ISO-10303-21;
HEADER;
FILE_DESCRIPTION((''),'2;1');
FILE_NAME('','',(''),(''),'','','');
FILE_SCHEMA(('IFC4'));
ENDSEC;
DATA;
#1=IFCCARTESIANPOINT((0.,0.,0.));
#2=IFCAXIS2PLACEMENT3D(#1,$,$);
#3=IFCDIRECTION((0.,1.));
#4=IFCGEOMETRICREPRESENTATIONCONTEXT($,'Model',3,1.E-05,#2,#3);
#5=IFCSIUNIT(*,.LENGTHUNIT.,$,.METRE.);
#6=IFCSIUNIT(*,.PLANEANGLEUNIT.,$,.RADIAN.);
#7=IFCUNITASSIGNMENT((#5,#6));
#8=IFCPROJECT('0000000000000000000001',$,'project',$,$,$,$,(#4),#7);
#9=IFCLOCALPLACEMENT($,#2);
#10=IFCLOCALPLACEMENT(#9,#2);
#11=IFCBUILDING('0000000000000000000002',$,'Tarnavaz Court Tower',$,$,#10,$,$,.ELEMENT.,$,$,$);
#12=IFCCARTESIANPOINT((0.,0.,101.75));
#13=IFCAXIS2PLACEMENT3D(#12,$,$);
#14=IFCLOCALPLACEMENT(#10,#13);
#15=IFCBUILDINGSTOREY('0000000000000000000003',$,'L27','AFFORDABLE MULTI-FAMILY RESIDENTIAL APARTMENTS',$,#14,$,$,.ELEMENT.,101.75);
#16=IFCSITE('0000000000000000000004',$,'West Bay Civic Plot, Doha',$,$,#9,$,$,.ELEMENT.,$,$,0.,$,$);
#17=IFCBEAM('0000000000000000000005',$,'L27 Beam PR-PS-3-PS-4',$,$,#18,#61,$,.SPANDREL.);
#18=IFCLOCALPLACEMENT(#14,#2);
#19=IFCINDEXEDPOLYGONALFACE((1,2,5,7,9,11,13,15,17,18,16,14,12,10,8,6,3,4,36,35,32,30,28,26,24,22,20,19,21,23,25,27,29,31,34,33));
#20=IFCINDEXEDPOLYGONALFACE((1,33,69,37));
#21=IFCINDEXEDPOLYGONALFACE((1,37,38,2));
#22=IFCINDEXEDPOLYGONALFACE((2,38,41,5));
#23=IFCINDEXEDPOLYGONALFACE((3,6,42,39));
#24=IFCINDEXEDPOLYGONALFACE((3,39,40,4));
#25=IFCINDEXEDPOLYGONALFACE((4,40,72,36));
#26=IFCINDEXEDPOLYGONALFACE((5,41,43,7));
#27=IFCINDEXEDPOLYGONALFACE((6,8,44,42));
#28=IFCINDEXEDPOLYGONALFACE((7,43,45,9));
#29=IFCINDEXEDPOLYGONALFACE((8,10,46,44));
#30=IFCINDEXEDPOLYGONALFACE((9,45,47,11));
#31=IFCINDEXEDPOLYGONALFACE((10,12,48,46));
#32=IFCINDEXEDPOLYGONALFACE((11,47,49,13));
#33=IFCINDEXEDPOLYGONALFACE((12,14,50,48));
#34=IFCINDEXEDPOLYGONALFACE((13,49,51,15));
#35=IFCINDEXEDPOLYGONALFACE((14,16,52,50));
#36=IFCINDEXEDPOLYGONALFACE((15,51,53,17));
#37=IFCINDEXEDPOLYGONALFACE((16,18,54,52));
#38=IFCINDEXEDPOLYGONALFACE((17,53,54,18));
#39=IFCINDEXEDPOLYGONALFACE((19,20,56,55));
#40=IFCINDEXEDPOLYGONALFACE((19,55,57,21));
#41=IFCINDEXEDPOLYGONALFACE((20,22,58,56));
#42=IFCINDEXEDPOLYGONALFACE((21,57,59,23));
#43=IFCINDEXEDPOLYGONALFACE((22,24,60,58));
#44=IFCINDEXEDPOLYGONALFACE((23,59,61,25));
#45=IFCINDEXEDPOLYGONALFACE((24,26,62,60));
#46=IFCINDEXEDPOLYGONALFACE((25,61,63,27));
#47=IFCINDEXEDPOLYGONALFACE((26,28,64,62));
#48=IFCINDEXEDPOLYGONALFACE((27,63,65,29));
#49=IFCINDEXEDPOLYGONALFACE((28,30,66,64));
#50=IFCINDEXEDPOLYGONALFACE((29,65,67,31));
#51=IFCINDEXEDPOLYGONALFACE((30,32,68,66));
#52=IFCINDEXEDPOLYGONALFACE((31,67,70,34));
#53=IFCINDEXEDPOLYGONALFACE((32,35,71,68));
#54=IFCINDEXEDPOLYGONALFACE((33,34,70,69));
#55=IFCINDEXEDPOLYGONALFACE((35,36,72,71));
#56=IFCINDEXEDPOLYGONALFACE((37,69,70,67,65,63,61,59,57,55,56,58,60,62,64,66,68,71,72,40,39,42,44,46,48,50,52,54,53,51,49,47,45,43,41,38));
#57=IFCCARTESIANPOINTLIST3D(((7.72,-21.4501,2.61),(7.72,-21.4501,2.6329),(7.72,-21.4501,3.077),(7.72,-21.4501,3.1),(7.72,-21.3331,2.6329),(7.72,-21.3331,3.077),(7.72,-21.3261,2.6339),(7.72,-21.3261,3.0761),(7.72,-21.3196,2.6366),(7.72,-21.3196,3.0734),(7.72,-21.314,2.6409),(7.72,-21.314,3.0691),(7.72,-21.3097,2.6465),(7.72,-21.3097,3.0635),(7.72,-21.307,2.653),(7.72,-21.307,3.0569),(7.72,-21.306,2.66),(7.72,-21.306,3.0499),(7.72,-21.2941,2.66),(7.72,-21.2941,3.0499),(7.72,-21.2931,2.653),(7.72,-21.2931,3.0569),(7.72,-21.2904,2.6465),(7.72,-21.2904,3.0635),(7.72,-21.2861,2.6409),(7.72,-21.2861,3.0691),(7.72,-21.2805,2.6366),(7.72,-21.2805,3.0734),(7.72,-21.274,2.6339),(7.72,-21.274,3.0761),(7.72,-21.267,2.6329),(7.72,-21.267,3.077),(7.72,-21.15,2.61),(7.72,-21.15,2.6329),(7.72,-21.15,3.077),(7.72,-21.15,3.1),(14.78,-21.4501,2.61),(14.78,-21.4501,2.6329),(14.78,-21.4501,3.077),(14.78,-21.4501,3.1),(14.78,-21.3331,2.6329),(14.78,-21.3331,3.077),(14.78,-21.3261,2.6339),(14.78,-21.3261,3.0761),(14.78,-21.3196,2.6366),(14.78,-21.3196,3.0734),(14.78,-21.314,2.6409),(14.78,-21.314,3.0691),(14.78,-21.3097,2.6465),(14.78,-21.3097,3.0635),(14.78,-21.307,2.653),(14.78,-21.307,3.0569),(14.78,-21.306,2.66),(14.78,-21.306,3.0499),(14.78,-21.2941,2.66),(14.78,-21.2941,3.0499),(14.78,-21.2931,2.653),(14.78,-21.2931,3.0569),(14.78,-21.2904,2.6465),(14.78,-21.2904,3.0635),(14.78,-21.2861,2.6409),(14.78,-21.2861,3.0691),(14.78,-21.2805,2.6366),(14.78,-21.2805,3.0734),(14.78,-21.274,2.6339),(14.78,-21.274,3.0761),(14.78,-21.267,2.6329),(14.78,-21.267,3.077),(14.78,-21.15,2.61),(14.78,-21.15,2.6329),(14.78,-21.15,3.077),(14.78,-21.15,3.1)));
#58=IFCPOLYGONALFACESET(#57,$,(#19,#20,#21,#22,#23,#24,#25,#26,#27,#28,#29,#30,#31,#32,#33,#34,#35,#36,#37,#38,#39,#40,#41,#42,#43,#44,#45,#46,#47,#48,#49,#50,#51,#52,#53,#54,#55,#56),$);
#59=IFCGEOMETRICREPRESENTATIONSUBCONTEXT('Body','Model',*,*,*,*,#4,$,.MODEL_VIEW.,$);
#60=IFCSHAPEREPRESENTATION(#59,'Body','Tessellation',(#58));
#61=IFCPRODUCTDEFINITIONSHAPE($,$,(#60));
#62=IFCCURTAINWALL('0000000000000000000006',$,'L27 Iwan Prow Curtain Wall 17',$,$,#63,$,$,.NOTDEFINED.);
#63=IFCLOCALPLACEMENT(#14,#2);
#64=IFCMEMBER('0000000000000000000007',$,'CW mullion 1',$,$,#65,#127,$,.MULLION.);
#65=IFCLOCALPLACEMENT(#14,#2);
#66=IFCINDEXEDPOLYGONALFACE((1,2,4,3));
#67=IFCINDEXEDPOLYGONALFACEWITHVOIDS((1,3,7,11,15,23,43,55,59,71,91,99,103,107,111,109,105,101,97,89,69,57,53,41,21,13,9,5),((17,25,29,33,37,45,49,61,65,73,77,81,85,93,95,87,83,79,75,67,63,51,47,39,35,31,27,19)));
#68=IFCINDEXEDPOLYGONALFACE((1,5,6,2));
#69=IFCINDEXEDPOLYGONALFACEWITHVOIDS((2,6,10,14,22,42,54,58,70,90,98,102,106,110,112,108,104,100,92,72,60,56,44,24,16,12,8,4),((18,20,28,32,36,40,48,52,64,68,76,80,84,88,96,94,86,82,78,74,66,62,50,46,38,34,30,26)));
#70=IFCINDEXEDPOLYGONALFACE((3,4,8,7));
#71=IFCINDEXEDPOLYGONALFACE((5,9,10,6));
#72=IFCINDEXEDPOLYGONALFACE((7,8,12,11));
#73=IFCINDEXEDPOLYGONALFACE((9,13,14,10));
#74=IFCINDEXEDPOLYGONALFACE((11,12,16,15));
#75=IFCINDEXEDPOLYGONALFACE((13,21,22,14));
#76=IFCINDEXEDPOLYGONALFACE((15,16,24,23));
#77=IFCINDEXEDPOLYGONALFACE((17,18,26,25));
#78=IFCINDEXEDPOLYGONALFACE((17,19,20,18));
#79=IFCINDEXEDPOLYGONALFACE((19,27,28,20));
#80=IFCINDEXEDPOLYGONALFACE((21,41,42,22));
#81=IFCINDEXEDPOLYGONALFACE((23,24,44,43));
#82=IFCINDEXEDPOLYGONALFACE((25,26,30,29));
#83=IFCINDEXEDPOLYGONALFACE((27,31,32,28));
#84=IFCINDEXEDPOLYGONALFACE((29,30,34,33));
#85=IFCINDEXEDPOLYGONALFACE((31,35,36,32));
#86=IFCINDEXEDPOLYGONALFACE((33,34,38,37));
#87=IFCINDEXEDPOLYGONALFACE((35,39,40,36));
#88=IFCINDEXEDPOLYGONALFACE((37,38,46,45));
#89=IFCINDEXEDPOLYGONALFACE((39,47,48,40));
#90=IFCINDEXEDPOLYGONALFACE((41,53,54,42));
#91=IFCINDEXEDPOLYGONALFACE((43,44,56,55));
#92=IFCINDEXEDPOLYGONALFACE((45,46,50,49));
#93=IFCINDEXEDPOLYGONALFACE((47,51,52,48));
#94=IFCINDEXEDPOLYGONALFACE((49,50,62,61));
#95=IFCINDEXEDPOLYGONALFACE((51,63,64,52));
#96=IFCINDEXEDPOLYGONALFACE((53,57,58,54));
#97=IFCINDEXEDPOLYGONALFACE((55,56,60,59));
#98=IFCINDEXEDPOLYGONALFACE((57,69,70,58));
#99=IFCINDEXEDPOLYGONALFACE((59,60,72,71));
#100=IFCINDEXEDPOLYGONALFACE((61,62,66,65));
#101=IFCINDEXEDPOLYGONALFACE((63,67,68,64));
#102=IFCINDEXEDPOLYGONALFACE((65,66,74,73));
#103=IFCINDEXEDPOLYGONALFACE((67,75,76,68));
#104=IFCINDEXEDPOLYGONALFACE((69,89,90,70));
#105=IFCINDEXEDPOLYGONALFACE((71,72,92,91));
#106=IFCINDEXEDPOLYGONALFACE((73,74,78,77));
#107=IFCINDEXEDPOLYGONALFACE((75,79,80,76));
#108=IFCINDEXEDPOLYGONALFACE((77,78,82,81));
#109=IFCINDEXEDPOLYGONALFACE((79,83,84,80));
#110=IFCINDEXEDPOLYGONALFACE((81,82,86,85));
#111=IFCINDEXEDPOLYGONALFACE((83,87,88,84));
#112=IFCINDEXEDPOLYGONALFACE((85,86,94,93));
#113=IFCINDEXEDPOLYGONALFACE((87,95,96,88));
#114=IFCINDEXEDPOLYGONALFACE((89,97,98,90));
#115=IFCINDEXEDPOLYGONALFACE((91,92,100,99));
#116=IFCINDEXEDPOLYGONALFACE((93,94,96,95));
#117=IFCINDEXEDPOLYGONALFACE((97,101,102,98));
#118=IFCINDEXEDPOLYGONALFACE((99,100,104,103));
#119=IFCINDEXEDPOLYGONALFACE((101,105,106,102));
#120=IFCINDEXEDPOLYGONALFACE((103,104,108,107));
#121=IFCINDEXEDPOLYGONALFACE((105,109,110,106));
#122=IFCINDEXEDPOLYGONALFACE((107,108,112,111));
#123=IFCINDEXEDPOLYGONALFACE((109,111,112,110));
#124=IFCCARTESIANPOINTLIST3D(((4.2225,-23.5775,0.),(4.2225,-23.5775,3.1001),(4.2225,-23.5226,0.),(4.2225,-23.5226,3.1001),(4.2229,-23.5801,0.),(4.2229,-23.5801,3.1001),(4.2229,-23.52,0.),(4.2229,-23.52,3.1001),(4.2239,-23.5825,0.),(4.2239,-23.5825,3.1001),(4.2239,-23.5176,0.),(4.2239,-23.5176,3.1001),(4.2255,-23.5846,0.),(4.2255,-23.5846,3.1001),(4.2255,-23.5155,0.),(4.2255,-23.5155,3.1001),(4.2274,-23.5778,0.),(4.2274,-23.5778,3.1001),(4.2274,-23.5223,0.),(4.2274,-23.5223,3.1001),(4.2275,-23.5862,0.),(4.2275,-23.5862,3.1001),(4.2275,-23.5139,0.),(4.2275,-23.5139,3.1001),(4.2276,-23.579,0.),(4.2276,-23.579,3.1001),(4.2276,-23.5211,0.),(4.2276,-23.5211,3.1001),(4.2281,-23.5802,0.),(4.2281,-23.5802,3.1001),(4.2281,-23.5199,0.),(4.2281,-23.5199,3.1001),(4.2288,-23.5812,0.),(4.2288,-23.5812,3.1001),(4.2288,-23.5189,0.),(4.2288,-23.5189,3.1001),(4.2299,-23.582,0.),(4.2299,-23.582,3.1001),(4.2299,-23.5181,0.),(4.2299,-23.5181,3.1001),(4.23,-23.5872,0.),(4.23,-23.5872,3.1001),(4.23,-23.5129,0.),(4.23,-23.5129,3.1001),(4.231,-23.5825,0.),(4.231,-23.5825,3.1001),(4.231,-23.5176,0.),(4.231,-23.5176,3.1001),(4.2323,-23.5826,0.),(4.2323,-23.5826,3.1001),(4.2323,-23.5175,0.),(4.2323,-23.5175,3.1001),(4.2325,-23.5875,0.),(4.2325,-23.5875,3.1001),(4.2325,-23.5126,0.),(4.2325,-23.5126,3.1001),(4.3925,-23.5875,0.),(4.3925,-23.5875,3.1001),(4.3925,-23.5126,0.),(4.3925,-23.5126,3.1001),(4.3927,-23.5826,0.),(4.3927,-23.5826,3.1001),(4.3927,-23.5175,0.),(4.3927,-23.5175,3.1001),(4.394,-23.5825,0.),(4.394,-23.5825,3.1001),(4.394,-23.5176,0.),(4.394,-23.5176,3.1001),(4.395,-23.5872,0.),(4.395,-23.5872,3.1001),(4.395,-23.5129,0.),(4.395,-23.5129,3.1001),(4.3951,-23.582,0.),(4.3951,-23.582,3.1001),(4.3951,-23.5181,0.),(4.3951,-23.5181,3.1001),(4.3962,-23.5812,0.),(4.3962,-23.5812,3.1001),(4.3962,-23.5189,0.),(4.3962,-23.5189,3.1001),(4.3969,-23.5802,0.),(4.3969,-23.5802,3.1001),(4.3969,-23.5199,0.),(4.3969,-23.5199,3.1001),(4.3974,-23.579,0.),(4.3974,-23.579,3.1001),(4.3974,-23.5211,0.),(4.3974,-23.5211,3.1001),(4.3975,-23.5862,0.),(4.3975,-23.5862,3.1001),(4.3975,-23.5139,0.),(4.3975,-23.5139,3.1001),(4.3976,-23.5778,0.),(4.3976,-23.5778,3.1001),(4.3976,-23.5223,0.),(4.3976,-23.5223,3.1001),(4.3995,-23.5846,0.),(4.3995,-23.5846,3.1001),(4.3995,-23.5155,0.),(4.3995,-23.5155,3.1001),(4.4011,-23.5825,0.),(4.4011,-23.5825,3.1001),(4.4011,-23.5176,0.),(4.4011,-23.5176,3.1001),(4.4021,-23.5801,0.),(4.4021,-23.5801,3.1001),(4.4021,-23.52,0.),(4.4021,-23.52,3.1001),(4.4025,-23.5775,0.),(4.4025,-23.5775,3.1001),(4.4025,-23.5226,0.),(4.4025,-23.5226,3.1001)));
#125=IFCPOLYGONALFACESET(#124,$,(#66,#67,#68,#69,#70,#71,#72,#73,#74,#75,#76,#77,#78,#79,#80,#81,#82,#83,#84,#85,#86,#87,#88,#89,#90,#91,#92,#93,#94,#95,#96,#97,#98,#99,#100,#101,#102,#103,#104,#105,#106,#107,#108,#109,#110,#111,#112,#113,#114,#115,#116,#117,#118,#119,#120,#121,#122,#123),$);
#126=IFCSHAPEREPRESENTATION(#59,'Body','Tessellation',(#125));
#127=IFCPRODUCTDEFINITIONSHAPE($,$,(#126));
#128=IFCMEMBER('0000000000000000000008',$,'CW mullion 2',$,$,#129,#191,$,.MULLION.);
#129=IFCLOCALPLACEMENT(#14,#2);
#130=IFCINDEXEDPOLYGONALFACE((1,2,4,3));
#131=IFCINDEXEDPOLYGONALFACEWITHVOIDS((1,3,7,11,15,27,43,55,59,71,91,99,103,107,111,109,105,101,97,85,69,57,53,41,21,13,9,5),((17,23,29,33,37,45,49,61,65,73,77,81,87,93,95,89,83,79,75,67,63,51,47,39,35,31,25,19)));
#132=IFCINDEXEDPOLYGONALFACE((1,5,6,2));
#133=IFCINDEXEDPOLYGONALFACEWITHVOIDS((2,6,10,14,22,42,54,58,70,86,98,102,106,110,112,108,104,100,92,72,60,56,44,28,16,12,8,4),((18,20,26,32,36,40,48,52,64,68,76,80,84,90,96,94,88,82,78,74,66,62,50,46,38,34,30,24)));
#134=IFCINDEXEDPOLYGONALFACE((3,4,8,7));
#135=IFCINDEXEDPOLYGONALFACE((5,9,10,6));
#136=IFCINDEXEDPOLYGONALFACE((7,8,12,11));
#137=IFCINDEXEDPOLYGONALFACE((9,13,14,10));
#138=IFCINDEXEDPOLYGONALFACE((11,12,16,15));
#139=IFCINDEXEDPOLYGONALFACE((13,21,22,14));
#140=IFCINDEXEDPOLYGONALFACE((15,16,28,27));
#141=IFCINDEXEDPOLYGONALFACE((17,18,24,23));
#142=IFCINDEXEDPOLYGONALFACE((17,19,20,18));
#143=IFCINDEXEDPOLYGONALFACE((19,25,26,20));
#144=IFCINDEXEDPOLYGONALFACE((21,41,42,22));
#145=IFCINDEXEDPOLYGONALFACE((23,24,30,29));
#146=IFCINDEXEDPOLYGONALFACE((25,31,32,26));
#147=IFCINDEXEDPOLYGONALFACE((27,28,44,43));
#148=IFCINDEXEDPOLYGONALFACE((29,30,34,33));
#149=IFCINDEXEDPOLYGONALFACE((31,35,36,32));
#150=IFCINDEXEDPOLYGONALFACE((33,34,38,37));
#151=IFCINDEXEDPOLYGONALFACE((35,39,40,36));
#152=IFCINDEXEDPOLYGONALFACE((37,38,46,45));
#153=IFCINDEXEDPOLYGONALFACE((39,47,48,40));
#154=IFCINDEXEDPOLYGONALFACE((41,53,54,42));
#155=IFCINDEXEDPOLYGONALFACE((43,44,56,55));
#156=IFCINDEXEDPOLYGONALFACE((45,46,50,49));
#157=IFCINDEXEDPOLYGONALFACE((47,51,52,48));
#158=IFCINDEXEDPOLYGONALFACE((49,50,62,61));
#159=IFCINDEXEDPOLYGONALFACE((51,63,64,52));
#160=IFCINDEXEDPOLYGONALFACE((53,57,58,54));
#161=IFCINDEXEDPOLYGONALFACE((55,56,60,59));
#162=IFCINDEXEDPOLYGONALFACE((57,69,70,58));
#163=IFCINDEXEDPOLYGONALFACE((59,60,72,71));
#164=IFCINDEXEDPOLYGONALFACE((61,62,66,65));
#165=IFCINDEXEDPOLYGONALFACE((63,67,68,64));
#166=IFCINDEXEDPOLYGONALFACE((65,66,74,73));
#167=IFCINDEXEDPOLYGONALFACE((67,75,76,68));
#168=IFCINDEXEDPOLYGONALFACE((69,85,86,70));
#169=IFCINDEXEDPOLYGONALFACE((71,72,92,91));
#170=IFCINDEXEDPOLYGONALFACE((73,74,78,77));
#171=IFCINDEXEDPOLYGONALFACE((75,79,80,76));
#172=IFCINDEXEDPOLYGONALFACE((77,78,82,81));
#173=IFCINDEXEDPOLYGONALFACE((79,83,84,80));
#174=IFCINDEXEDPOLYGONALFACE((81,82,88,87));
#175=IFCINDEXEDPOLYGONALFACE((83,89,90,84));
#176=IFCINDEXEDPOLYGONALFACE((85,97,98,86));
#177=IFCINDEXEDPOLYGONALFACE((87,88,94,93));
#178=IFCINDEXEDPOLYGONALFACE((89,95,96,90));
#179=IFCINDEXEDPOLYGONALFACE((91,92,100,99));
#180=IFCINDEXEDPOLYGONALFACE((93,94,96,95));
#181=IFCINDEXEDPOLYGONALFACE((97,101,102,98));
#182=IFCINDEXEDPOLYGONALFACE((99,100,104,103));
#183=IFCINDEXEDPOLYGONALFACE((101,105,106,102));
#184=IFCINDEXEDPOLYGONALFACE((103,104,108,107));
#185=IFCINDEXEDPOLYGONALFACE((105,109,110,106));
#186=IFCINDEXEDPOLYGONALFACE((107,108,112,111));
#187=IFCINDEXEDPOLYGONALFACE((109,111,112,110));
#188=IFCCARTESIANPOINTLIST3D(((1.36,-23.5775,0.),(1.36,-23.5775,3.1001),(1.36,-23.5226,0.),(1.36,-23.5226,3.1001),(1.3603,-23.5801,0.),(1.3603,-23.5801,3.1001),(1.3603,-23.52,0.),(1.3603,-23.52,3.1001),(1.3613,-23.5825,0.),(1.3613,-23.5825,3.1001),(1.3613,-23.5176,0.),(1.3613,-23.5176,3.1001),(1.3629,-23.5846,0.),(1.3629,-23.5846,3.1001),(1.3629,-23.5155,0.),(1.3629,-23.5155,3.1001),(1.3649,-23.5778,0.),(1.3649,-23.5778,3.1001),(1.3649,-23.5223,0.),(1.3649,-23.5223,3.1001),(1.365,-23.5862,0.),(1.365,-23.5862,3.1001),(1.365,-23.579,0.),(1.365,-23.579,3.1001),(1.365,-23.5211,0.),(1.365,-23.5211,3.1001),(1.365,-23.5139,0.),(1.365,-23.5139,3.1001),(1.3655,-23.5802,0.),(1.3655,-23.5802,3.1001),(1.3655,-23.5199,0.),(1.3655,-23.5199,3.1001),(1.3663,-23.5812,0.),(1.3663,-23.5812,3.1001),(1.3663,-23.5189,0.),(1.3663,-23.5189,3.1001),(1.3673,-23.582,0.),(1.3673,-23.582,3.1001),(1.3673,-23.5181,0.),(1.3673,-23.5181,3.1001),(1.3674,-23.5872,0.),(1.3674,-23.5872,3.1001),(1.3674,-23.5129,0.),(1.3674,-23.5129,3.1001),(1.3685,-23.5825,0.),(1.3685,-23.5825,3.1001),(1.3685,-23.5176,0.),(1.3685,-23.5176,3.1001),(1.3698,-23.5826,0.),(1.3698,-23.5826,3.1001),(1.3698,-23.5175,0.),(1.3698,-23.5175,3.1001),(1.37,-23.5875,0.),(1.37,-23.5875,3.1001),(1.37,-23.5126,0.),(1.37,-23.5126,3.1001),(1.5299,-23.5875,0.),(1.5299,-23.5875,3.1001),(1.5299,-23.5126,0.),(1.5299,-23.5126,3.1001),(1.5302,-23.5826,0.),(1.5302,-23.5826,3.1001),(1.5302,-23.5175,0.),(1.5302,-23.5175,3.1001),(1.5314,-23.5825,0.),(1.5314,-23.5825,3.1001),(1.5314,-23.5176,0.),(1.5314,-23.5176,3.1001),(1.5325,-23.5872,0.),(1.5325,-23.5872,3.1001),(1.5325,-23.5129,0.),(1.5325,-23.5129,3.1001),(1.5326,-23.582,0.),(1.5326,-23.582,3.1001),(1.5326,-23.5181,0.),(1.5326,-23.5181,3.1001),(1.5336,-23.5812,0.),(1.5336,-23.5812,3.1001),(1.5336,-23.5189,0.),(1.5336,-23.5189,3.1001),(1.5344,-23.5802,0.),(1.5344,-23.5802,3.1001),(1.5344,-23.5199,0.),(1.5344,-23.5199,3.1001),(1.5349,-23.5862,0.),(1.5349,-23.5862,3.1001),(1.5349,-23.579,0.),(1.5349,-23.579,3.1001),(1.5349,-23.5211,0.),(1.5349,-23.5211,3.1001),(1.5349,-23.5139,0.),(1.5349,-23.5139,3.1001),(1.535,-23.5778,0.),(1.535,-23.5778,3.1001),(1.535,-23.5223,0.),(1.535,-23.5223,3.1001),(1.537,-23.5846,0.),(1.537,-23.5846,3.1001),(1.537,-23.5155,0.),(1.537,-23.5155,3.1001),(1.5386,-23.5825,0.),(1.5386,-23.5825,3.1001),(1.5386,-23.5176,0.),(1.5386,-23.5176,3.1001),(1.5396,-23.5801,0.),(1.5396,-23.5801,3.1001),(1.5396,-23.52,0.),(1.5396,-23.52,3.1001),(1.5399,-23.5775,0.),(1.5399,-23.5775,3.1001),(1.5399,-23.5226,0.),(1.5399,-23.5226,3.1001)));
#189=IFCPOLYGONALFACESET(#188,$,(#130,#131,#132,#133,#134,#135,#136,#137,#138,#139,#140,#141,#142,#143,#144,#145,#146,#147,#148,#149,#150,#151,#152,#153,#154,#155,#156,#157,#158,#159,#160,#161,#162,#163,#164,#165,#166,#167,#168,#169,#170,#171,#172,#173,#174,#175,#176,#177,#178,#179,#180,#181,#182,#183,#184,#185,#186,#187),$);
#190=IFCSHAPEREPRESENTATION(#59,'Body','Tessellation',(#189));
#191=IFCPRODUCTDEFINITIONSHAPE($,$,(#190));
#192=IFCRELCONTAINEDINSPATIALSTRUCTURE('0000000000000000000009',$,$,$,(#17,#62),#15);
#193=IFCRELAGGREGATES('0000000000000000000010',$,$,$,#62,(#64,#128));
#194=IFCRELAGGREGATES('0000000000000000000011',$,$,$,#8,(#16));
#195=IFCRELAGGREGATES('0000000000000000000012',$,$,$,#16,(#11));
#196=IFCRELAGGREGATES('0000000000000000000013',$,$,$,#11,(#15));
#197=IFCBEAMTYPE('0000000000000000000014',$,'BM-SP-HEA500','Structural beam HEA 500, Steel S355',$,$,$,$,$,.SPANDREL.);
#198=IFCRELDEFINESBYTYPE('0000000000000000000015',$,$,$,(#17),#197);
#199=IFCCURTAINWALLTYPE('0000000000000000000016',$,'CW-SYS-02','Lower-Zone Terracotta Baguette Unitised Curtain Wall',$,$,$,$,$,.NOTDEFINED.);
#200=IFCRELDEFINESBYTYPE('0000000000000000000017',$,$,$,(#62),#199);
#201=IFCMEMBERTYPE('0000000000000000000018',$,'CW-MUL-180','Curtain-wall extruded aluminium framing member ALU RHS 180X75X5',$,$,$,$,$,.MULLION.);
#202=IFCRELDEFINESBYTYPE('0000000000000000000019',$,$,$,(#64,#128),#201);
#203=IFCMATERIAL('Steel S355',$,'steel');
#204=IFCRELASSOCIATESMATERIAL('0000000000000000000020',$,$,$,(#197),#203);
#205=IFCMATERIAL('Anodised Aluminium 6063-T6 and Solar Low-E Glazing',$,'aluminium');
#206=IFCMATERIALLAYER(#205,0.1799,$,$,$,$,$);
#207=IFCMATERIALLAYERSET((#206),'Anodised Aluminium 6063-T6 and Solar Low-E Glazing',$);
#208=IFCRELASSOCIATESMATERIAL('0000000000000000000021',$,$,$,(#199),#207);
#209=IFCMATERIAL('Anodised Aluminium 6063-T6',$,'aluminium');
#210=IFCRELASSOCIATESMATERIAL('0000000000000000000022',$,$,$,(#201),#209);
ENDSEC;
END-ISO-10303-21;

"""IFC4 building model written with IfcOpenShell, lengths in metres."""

from ifc_helpers import new_model, si_unit, direction, frame, origin, origin_2d, place, context, subcontext, project, spatial, hollow_rectangle, i_section, extrude, material, layer, layer_set, material_profile, profile_set, type_object, element, aggregate, save


model = new_model("IFC4")

# Units and contexts
model_context = context("Model", 3, precision=1e-05, world=origin(), true_north=direction((0.0, 1.0)))
body_context = subcontext(model_context, "Body", "Model", "MODEL_VIEW")
ifc_project = project(units=[si_unit("LENGTHUNIT", "METRE"), si_unit("PLANEANGLEUNIT", "RADIAN")], contexts=[model_context])

# Site, building, storey
site_placement = place(None, origin())
site = spatial("IfcSite", under=ifc_project, at=site_placement, Name="West Bay Civic Plot, Doha", CompositionType="ELEMENT", RefElevation=0.0)
building_placement = place(site_placement, origin())
building = spatial("IfcBuilding", under=site, at=building_placement, Name="Tarnavaz Court Tower", CompositionType="ELEMENT")
storey_placement = place(building_placement, frame((0.0, 0.0, 101.75)))
storey = spatial("IfcBuildingStorey", under=building, at=storey_placement, Name="L27", Description="AFFORDABLE MULTI-FAMILY RESIDENTIAL APARTMENTS", CompositionType="ELEMENT", Elevation=101.75)

# Beam
ifc_material_1 = material(Name="Steel S355", Category="steel")
ifc_material_profile_1 = material_profile(ifc_material_1, i_section(OverallWidth=0.3, OverallDepth=0.49, WebThickness=0.012, FlangeThickness=0.0229, FilletRadius=0.0271, at=origin_2d()), Name="HEA 500")
ifc_profile_set_1 = profile_set([ifc_material_profile_1], Name="Steel S355")
beam_type_1 = type_object("IfcBeamType", Name="BM-SP-HEA500", Description="Structural beam HEA 500, Steel S355", PredefinedType="SPANDREL", material=ifc_profile_set_1)
beam_placement = place(storey_placement, frame((7.72, -21.3, 2.855), z_axis=(1.0, 0.0, 0.0), x_axis=(0.0, 1.0, 0.0)))
element("IfcBeam", 1, at=beam_placement, inside=storey, type_object=beam_type_1, Name="L27 Beam PR-PS-3-PS-4", PredefinedType="SPANDREL", context=body_context, shape_type="SweptSolid", body=[
    extrude(i_section(OverallWidth=0.3, OverallDepth=0.49, WebThickness=0.012, FlangeThickness=0.0229, FilletRadius=0.0271, at=origin_2d()), origin(), (0.0, 0.0, 1.0), 7.0601),
])

# Curtain wall, members
ifc_material_2 = material(Name="Anodised Aluminium 6063-T6 and Solar Low-E Glazing", Category="aluminium")
ifc_layer_1 = layer(ifc_material_2, 0.1799)
ifc_layer_set_1 = layer_set([ifc_layer_1], Name="Anodised Aluminium 6063-T6 and Solar Low-E Glazing")
curtain_wall_type = type_object("IfcCurtainWallType", Name="CW-SYS-02", Description="Lower-Zone Terracotta Baguette Unitised Curtain Wall", PredefinedType="NOTDEFINED", material=ifc_layer_set_1)
curtain_wall_placement = place(storey_placement, origin())
curtain_wall = element("IfcCurtainWall", 2, at=curtain_wall_placement, inside=storey, type_object=curtain_wall_type, Name="L27 Iwan Prow Curtain Wall 17", PredefinedType="NOTDEFINED")
ifc_material_3 = material(Name="Anodised Aluminium 6063-T6", Category="aluminium")
ifc_material_profile_2 = material_profile(ifc_material_3, hollow_rectangle(XDim=0.075, YDim=0.1799, WallThickness=0.0049, InnerFilletRadius=0.0049, OuterFilletRadius=0.01, at=origin_2d()), Name="ALU RHS 180X75X5")
ifc_profile_set_2 = profile_set([ifc_material_profile_2], Name="Anodised Aluminium 6063-T6")
member_type_1 = type_object("IfcMemberType", Name="CW-MUL-180", Description="Curtain-wall extruded aluminium framing member ALU RHS 180X75X5", PredefinedType="MULLION", material=ifc_profile_set_2)
member_1_placement = place(storey_placement, frame((4.3125, -23.55, 0.0), z_axis=(0.0, 0.0, 1.0), x_axis=(0.0, -1.0, 0.0)))
member_1 = element("IfcMember", 3, at=member_1_placement, type_object=member_type_1, Name="CW mullion 1", PredefinedType="MULLION", context=body_context, shape_type="SweptSolid", body=[
    extrude(hollow_rectangle(XDim=0.075, YDim=0.1799, WallThickness=0.0049, InnerFilletRadius=0.0049, OuterFilletRadius=0.01, at=origin_2d()), origin(), (0.0, 0.0, 1.0), 3.1001),
])
member_2_placement = place(storey_placement, frame((1.45, -23.55, 0.0), z_axis=(0.0, 0.0, 1.0), x_axis=(0.0, -1.0, 0.0)))
member_2 = element("IfcMember", 4, at=member_2_placement, type_object=member_type_1, Name="CW mullion 2", PredefinedType="MULLION", context=body_context, shape_type="SweptSolid", body=[
    extrude(hollow_rectangle(XDim=0.075, YDim=0.1799, WallThickness=0.0049, InnerFilletRadius=0.0049, OuterFilletRadius=0.01, at=origin_2d()), origin(), (0.0, 0.0, 1.0), 3.1001),
])
aggregate(curtain_wall, [member_1, member_2])

save(model, "model.ifc")
